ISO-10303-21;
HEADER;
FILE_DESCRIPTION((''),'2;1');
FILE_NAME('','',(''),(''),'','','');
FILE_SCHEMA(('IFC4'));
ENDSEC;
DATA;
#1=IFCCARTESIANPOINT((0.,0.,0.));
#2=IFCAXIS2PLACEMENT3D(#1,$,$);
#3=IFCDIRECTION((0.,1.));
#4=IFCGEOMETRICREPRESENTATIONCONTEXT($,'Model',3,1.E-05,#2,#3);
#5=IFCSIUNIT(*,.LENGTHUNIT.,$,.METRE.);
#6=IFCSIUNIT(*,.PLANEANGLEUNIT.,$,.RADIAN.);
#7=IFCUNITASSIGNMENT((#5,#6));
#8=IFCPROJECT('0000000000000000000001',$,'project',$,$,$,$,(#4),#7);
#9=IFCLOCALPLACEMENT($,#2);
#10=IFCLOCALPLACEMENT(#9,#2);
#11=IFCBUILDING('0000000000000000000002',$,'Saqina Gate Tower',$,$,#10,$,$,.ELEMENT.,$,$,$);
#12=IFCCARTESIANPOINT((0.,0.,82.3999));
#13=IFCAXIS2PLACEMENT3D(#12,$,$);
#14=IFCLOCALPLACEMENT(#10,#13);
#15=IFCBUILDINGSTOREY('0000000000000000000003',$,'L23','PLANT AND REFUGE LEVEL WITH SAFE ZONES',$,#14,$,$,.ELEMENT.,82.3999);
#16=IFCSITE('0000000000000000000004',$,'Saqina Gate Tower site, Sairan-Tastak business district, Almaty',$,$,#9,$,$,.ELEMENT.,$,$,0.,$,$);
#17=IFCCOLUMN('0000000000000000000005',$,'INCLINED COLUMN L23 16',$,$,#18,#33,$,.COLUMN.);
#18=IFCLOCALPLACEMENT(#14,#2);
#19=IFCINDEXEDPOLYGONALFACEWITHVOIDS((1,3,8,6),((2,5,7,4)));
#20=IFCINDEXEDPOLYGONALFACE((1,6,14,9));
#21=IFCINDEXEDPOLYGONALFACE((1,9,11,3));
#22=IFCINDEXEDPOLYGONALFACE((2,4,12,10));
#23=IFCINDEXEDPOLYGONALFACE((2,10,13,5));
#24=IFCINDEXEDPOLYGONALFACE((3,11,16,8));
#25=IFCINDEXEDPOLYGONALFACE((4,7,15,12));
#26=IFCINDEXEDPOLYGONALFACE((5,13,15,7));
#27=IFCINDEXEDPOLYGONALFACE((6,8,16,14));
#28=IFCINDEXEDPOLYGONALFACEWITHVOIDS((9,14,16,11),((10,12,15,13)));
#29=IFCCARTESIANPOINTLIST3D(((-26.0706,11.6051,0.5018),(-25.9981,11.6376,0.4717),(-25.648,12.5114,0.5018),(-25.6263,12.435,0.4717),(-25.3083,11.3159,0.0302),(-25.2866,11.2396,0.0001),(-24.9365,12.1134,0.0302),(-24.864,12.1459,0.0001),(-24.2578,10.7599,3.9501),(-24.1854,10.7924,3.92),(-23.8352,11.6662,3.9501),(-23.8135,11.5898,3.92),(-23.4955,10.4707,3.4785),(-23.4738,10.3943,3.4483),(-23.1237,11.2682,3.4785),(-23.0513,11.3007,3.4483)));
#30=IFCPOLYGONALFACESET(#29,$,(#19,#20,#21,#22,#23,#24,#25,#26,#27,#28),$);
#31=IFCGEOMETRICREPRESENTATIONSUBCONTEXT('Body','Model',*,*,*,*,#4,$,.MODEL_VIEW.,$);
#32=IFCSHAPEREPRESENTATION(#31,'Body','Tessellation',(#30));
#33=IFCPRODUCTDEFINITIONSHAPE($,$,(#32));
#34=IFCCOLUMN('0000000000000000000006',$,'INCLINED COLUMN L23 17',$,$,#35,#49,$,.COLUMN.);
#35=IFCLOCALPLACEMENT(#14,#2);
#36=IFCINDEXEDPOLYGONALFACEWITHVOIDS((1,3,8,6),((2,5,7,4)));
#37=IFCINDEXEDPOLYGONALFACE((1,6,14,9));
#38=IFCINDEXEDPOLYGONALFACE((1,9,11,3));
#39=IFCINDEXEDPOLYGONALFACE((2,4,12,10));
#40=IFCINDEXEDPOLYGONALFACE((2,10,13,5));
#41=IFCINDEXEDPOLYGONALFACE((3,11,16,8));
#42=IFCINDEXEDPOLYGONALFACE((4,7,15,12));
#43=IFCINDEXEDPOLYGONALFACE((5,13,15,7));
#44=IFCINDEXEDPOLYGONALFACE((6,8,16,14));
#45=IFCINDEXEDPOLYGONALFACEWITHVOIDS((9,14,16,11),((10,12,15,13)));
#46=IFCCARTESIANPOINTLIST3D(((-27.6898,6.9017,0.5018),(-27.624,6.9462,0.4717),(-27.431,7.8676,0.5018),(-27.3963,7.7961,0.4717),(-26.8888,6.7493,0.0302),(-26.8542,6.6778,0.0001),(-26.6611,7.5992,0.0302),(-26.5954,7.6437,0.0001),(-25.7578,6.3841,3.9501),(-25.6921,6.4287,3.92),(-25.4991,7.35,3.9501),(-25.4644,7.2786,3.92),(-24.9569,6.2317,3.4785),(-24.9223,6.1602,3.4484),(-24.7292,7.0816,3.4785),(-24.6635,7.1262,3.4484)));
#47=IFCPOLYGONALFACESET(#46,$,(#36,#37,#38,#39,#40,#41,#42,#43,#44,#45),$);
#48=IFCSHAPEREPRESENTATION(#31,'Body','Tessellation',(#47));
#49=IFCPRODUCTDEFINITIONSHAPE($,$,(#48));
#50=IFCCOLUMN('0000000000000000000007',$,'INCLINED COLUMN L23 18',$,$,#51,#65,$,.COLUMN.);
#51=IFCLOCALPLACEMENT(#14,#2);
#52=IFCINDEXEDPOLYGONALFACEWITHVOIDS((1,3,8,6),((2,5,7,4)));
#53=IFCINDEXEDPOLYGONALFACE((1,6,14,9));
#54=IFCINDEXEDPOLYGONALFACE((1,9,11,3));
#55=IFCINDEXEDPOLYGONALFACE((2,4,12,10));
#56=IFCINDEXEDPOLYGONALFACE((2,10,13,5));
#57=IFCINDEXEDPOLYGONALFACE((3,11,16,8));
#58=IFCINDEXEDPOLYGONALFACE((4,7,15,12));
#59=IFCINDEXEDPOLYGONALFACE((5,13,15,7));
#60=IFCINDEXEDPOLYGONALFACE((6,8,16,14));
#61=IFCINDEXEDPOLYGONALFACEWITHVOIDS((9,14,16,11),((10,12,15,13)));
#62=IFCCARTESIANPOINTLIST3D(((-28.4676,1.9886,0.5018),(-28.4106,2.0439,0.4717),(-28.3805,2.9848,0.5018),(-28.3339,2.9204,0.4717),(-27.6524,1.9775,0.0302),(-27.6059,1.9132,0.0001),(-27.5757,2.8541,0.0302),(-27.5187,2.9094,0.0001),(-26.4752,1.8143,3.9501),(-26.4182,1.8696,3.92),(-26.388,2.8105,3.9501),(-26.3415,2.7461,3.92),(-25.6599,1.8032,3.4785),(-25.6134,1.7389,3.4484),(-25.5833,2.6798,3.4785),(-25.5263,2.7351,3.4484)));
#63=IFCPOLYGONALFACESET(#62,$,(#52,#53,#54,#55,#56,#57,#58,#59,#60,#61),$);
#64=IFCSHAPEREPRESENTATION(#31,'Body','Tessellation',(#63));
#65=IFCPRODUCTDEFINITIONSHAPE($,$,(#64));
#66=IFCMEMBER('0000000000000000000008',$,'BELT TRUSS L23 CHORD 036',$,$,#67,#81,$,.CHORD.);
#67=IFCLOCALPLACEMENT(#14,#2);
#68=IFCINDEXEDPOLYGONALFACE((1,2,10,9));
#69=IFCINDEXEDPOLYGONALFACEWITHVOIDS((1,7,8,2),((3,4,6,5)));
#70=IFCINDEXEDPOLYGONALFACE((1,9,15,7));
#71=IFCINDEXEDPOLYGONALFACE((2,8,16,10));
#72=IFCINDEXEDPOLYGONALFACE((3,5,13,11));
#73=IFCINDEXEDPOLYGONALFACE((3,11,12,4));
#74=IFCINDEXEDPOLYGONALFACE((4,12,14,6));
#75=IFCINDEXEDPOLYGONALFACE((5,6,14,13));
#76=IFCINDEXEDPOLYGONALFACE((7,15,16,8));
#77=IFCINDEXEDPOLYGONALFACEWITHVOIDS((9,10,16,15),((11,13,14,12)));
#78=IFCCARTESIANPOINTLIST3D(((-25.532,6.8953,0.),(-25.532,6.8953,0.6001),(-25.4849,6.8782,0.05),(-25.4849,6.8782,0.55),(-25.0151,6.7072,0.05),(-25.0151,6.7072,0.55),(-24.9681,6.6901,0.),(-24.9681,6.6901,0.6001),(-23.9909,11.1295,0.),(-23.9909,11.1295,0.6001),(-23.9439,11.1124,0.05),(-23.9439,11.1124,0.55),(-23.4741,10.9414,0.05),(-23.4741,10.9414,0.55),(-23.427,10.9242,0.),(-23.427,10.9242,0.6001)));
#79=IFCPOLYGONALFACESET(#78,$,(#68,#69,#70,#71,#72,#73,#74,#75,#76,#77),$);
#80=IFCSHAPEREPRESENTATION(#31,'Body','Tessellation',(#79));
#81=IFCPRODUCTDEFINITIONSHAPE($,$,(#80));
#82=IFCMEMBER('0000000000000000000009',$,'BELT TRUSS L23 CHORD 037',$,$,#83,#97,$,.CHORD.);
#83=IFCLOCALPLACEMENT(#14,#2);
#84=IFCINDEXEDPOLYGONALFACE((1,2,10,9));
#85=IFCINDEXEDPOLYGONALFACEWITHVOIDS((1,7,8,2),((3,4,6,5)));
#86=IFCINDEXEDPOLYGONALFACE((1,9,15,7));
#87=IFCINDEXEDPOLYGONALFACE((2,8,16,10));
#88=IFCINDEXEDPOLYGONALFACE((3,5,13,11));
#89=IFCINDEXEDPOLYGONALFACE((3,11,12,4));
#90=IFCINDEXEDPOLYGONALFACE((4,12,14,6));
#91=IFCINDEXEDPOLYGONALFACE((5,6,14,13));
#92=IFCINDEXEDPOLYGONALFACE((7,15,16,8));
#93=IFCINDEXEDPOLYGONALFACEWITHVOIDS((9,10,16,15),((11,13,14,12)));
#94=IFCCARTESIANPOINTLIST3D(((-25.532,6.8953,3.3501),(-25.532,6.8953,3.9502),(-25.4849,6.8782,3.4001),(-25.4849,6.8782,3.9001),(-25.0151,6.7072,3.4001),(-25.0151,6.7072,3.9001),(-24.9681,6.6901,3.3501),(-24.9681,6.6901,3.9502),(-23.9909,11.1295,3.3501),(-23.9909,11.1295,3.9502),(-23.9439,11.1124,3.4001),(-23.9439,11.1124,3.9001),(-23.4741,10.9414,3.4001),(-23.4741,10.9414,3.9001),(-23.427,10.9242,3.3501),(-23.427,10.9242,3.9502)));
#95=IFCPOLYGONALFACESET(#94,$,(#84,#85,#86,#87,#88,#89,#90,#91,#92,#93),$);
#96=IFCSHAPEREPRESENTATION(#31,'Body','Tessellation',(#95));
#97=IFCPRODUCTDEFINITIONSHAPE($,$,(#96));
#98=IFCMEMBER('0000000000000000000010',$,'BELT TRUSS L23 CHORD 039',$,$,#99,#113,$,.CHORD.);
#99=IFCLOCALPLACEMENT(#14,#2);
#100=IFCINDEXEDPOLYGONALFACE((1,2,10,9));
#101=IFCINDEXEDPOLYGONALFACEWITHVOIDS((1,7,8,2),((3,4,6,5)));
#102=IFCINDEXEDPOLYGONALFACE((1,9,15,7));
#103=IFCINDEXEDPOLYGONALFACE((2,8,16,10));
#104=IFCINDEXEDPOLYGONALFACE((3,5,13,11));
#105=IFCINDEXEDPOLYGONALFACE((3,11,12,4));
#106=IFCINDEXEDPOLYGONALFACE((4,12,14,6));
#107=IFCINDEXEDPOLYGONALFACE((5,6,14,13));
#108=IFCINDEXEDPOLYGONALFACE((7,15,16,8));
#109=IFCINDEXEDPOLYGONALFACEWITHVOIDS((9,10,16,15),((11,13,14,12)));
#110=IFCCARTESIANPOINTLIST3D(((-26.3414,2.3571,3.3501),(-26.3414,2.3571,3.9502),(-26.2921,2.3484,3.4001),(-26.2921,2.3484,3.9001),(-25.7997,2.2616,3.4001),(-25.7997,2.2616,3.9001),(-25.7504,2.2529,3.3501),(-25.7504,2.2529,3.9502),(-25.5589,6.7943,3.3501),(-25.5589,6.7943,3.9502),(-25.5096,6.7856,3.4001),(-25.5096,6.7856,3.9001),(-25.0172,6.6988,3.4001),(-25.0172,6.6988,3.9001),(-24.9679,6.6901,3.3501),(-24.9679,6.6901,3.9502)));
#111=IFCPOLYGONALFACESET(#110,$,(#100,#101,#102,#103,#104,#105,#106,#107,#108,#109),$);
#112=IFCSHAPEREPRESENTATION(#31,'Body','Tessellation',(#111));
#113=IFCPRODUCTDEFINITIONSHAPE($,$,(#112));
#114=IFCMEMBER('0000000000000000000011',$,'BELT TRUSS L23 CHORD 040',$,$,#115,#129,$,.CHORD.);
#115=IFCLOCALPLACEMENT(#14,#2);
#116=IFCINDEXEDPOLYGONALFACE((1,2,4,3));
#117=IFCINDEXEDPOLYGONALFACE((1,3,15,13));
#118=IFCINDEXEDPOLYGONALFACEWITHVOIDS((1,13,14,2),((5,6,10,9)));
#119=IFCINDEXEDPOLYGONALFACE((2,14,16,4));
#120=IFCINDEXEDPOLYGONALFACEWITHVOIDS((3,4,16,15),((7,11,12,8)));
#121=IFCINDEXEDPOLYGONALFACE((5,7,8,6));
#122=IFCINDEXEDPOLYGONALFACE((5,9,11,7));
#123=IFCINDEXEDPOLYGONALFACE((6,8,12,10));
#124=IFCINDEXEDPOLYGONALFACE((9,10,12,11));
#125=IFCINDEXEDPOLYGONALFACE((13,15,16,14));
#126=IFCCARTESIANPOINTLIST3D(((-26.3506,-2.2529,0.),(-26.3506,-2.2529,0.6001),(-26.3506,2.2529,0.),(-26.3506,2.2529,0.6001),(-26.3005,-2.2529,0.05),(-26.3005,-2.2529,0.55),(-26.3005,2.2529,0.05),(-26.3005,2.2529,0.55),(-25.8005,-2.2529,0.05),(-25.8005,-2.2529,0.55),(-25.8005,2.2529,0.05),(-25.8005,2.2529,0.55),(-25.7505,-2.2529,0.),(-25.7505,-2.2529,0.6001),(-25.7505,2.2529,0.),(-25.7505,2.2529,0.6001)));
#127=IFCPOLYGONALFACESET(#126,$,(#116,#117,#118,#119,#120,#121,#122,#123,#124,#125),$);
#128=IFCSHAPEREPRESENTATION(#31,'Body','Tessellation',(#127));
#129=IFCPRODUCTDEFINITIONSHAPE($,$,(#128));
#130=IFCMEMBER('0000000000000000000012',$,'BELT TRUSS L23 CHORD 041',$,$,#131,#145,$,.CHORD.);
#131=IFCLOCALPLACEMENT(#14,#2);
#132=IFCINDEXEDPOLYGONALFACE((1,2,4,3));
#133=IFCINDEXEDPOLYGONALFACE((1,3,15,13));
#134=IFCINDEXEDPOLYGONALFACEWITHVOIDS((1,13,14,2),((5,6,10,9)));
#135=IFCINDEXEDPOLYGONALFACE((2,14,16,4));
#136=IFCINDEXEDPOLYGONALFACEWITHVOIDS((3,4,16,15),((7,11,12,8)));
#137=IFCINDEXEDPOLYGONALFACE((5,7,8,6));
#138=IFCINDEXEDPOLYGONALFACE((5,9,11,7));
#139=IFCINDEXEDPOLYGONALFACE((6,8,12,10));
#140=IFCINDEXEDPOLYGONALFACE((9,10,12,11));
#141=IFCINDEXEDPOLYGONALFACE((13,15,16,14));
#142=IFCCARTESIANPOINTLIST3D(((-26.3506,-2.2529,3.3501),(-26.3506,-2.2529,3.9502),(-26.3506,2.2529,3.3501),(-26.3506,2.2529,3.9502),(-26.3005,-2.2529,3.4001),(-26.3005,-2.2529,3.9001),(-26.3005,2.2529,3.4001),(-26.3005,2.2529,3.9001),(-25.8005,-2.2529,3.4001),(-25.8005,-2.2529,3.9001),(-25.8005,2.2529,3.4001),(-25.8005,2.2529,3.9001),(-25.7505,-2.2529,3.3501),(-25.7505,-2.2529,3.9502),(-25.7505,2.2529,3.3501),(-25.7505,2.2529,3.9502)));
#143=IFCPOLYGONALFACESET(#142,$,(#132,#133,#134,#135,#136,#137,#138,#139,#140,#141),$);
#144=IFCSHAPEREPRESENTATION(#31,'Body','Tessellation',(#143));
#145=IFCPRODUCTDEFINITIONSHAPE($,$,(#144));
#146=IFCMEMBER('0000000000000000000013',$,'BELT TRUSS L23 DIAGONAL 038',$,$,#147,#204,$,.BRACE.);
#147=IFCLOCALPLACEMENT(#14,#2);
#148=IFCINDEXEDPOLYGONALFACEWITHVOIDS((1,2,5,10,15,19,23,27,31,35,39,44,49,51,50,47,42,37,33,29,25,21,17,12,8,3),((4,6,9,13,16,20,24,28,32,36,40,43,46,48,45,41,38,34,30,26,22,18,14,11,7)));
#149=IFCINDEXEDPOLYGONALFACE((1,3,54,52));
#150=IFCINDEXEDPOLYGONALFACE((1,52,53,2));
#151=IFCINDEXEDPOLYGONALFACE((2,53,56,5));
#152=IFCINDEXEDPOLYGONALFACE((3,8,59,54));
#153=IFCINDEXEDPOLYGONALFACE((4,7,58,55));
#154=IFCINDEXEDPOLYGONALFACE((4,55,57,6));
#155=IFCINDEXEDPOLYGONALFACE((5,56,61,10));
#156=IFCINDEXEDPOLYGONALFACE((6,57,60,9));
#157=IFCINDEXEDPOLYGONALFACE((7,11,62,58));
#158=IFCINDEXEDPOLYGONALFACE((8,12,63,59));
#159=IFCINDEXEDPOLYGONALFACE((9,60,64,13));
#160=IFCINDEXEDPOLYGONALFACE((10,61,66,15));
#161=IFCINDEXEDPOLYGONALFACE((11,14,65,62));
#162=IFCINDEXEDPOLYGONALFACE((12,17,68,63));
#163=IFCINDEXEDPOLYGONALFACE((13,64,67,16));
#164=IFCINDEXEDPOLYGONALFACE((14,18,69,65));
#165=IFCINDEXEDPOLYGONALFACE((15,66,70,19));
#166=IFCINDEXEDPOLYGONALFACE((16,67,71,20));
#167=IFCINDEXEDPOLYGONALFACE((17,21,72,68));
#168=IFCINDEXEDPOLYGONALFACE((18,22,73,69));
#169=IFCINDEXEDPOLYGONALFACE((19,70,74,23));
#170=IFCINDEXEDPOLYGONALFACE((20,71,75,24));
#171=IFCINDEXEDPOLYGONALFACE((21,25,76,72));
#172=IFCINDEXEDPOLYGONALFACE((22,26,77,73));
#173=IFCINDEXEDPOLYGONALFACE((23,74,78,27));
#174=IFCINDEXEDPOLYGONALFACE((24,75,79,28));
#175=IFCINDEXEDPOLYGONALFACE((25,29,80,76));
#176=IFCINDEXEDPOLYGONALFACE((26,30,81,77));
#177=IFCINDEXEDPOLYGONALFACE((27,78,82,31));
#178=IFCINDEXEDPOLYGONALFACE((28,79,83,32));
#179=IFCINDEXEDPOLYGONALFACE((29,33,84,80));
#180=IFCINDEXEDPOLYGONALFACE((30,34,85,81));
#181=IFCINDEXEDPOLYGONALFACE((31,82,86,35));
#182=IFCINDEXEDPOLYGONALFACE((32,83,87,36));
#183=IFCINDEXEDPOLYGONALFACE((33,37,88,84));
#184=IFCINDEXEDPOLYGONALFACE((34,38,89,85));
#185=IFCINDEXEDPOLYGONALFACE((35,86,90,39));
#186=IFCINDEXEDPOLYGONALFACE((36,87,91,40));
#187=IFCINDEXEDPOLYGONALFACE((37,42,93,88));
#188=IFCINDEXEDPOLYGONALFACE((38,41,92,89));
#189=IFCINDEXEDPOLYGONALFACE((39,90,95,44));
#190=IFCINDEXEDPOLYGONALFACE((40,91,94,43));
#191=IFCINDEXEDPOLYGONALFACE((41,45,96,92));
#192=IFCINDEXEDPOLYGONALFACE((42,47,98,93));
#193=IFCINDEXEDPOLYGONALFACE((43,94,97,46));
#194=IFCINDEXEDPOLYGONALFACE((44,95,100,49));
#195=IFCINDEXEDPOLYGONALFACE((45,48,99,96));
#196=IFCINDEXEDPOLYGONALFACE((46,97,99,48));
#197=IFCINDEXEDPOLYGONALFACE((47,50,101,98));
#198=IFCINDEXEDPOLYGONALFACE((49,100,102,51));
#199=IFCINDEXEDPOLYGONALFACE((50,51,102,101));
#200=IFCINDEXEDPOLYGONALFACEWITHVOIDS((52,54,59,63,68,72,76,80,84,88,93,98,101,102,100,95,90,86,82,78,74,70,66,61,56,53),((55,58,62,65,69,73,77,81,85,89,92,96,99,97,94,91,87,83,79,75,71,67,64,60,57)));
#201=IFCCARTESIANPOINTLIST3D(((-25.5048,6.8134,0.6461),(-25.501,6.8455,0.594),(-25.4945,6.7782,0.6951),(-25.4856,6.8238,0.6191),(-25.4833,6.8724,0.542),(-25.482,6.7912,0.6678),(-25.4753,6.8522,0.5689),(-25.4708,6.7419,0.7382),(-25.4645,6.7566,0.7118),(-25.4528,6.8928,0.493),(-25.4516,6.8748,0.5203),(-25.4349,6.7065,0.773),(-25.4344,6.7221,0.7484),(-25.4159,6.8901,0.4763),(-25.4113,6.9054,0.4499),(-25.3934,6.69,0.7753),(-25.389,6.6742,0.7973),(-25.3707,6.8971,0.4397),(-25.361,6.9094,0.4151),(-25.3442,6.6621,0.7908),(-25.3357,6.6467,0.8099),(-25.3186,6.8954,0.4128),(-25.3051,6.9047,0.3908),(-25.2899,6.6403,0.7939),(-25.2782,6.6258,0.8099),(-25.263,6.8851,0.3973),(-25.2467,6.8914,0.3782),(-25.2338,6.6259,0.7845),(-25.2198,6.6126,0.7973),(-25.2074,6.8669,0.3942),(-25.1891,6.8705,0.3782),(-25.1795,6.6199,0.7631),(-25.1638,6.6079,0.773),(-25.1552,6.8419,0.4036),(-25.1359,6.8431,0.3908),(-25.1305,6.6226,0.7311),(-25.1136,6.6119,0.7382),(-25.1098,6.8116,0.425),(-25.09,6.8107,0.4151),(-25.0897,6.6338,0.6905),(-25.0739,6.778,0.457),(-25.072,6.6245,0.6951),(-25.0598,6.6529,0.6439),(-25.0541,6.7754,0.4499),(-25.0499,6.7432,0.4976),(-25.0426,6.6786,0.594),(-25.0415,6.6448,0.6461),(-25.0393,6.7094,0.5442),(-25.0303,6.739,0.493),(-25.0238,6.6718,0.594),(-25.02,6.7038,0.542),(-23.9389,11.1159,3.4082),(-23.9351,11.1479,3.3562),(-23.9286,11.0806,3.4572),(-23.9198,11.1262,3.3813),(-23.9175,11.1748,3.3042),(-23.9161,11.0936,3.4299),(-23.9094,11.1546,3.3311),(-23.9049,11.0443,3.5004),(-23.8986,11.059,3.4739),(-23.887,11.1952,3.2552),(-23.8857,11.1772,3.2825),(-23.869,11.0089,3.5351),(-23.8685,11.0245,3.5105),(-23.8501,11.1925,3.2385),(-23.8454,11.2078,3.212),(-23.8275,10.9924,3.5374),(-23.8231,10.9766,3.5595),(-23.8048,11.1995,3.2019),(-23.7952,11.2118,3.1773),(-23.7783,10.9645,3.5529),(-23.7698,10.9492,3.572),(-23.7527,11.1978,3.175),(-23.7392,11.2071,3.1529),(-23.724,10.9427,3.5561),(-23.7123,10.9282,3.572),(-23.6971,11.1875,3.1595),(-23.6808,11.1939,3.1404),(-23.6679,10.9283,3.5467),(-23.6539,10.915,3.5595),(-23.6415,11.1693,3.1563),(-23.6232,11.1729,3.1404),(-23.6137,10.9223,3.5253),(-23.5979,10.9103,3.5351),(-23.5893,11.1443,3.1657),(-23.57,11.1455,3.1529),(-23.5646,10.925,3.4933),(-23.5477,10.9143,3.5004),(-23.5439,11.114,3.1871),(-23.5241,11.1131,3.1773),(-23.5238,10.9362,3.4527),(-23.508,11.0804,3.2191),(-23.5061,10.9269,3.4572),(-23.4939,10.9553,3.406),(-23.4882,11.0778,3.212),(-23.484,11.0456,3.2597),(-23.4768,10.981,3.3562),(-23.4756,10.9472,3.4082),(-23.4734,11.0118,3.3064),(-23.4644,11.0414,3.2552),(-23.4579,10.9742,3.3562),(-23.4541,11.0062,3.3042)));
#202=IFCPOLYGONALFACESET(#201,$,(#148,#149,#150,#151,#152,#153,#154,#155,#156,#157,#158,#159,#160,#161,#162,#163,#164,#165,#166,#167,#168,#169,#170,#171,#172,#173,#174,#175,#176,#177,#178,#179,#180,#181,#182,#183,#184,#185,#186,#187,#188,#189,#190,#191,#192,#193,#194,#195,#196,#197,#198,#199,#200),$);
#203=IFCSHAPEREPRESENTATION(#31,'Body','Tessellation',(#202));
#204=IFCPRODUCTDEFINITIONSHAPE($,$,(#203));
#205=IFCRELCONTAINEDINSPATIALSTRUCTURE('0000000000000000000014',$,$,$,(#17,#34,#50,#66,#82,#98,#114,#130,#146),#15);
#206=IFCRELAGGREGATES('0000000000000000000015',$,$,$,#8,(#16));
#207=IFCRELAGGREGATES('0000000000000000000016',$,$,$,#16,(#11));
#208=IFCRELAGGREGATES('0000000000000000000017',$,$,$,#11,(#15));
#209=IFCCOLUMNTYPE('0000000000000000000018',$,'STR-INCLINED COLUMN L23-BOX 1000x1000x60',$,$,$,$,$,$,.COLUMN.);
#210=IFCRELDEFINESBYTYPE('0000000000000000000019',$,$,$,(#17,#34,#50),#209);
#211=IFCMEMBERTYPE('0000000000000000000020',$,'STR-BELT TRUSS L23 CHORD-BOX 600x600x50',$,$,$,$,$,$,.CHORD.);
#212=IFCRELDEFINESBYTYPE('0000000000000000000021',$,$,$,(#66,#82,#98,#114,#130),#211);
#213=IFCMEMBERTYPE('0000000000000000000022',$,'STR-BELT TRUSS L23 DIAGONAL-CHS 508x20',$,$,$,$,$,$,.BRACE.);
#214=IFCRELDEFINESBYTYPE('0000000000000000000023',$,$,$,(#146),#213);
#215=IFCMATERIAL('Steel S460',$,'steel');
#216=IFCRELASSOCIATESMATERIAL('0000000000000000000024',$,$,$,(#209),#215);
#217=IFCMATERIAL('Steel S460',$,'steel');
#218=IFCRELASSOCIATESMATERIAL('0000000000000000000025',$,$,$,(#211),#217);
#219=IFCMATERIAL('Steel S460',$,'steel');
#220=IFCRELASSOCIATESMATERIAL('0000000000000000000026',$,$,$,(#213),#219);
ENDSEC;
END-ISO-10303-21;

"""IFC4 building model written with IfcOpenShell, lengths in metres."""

from ifc_helpers import new_model, si_unit, direction, frame, origin, origin_2d, place, context, subcontext, project, spatial, hollow_rectangle, hollow_circle, extrude, material, material_profile, profile_set, type_object, element, save


model = new_model("IFC4")

# Units and contexts
model_context = context("Model", 3, precision=1e-05, world=origin(), true_north=direction((0.0, 1.0)))
body_context = subcontext(model_context, "Body", "Model", "MODEL_VIEW")
ifc_project = project(units=[si_unit("LENGTHUNIT", "METRE"), si_unit("PLANEANGLEUNIT", "RADIAN")], contexts=[model_context])

# Site, building, storey
site_placement = place(None, origin())
site = spatial("IfcSite", under=ifc_project, at=site_placement, Name="Saqina Gate Tower site, Sairan-Tastak business district, Almaty", CompositionType="ELEMENT", RefElevation=0.0)
building_placement = place(site_placement, origin())
building = spatial("IfcBuilding", under=site, at=building_placement, Name="Saqina Gate Tower", CompositionType="ELEMENT")
storey_placement = place(building_placement, frame((0.0, 0.0, 82.3999)))
storey = spatial("IfcBuildingStorey", under=building, at=storey_placement, Name="L23", Description="PLANT AND REFUGE LEVEL WITH SAFE ZONES", CompositionType="ELEMENT", Elevation=82.3999)

# Columns
ifc_material_1 = material(Name="Steel S460", Category="steel")
ifc_material_profile_1 = material_profile(ifc_material_1, hollow_rectangle(XDim=1.0, YDim=1.0, WallThickness=0.0601, at=origin_2d()), Name="BOX 1000x1000x60")
ifc_profile_set_1 = profile_set([ifc_material_profile_1], Name="Steel S460")
column_type = type_object("IfcColumnType", Name="STR-INCLINED COLUMN L23-BOX 1000x1000x60", PredefinedType="COLUMN", material=ifc_profile_set_1)
for number, where, z_axis, x_axis, name in (
    (1, (-25.4673, 11.8755, 0.251), (0.45474, -0.212028, 0.865017), (0.422585, 0.906323, 0.0), "INCLINED COLUMN L23 16"),
    (2, (-27.1426, 7.2727, 0.251), (0.484633, -0.12984, 0.865027), (0.258787, 0.965934, 0.0), "INCLINED COLUMN L23 17"),
    (3, (-27.9932, 2.449, 0.251), (0.49982, -0.043729, 0.865024), (0.087156, 0.996195, 0.0), "INCLINED COLUMN L23 18"),
):
    element("IfcColumn", number, at=place(storey_placement, frame(where, z_axis=z_axis, x_axis=x_axis)), inside=storey, type_object=column_type, Name=name, PredefinedType="COLUMN", context=body_context, shape_type="SweptSolid", body=[
        extrude(hollow_rectangle(XDim=1.0, YDim=1.0, WallThickness=0.0601, at=origin_2d()), origin(), (0.0, 0.0, 1.0), 3.9863),
    ])

# Members
ifc_material_2 = material(Name="Steel S460", Category="steel")
ifc_material_profile_2 = material_profile(ifc_material_2, hollow_rectangle(XDim=0.6001, YDim=0.6001, WallThickness=0.05, at=origin_2d()), Name="BOX 600x600x50")
ifc_profile_set_2 = profile_set([ifc_material_profile_2], Name="Steel S460")
member_type_1 = type_object("IfcMemberType", Name="STR-BELT TRUSS L23 CHORD-BOX 600x600x50", PredefinedType="CHORD", material=ifc_profile_set_2)
for number, where, z_axis, x_axis, name in (
    (4, (-23.709, 11.0269, 0.3), (-0.342004, -0.939698, 0.0), (0.939698, -0.342004, 0.0), "BELT TRUSS L23 CHORD 036"),
    (5, (-23.709, 11.0269, 3.6501), (-0.342004, -0.939698, 0.0), (0.939698, -0.342004, 0.0), "BELT TRUSS L23 CHORD 037"),
):
    element("IfcMember", number, at=place(storey_placement, frame(where, z_axis=z_axis, x_axis=x_axis)), inside=storey, type_object=member_type_1, Name=name, PredefinedType="CHORD", context=body_context, shape_type="SweptSolid", body=[
        extrude(hollow_rectangle(XDim=0.6001, YDim=0.6001, WallThickness=0.05, at=origin_2d()), origin(), (0.0, 0.0, 1.0), 4.5059),
    ])
member_placement = place(storey_placement, frame((-25.2634, 6.7422, 3.6501), z_axis=(-0.173662, -0.984805, 0.0), x_axis=(0.984805, -0.173662, 0.0)))
element("IfcMember", 6, at=member_placement, inside=storey, type_object=member_type_1, Name="BELT TRUSS L23 CHORD 039", PredefinedType="CHORD", context=body_context, shape_type="SweptSolid", body=[
    extrude(hollow_rectangle(XDim=0.6001, YDim=0.6001, WallThickness=0.05, at=origin_2d()), origin(), (0.0, 0.0, 1.0), 4.5056),
])
for number, where, z_axis, x_axis, name in (
    (7, (-26.0505, 2.2529, 0.3), (0.0, -1.0, 0.0), (1.0, 0.0, 0.0), "BELT TRUSS L23 CHORD 040"),
    (8, (-26.0505, 2.2529, 3.6501), (0.0, -1.0, 0.0), (1.0, 0.0, 0.0), "BELT TRUSS L23 CHORD 041"),
):
    element("IfcMember", number, at=place(storey_placement, frame(where, z_axis=z_axis, x_axis=x_axis)), inside=storey, type_object=member_type_1, Name=name, PredefinedType="CHORD", context=body_context, shape_type="SweptSolid", body=[
        extrude(hollow_rectangle(XDim=0.6001, YDim=0.6001, WallThickness=0.05, at=origin_2d()), origin(), (0.0, 0.0, 1.0), 4.5059),
    ])
ifc_material_3 = material(Name="Steel S460", Category="steel")
ifc_material_profile_3 = material_profile(ifc_material_3, hollow_circle(Radius=0.2539, WallThickness=0.02, at=origin_2d()), Name="CHS 508x20")
ifc_profile_set_3 = profile_set([ifc_material_profile_3], Name="Steel S460")
member_type_2 = type_object("IfcMemberType", Name="STR-BELT TRUSS L23 DIAGONAL-CHS 508x20", PredefinedType="BRACE", material=ifc_profile_set_3)
for number, where, z_axis, x_axis, name in (
    (9, (-23.6965, 11.061, 3.3562), (-0.292844, -0.804614, -0.516564), (0.939697, -0.342008, 0.0), "BELT TRUSS L23 DIAGONAL 038"),
):
    element("IfcMember", number, at=place(storey_placement, frame(where, z_axis=z_axis, x_axis=x_axis)), inside=storey, type_object=member_type_2, Name=name, PredefinedType="BRACE", context=body_context, shape_type="SweptSolid", body=[
        extrude(hollow_circle(Radius=0.2539, WallThickness=0.02, at=origin_2d()), origin(), (0.0, 0.0, 1.0), 5.3472),
    ])

save(model, "model.ifc")
